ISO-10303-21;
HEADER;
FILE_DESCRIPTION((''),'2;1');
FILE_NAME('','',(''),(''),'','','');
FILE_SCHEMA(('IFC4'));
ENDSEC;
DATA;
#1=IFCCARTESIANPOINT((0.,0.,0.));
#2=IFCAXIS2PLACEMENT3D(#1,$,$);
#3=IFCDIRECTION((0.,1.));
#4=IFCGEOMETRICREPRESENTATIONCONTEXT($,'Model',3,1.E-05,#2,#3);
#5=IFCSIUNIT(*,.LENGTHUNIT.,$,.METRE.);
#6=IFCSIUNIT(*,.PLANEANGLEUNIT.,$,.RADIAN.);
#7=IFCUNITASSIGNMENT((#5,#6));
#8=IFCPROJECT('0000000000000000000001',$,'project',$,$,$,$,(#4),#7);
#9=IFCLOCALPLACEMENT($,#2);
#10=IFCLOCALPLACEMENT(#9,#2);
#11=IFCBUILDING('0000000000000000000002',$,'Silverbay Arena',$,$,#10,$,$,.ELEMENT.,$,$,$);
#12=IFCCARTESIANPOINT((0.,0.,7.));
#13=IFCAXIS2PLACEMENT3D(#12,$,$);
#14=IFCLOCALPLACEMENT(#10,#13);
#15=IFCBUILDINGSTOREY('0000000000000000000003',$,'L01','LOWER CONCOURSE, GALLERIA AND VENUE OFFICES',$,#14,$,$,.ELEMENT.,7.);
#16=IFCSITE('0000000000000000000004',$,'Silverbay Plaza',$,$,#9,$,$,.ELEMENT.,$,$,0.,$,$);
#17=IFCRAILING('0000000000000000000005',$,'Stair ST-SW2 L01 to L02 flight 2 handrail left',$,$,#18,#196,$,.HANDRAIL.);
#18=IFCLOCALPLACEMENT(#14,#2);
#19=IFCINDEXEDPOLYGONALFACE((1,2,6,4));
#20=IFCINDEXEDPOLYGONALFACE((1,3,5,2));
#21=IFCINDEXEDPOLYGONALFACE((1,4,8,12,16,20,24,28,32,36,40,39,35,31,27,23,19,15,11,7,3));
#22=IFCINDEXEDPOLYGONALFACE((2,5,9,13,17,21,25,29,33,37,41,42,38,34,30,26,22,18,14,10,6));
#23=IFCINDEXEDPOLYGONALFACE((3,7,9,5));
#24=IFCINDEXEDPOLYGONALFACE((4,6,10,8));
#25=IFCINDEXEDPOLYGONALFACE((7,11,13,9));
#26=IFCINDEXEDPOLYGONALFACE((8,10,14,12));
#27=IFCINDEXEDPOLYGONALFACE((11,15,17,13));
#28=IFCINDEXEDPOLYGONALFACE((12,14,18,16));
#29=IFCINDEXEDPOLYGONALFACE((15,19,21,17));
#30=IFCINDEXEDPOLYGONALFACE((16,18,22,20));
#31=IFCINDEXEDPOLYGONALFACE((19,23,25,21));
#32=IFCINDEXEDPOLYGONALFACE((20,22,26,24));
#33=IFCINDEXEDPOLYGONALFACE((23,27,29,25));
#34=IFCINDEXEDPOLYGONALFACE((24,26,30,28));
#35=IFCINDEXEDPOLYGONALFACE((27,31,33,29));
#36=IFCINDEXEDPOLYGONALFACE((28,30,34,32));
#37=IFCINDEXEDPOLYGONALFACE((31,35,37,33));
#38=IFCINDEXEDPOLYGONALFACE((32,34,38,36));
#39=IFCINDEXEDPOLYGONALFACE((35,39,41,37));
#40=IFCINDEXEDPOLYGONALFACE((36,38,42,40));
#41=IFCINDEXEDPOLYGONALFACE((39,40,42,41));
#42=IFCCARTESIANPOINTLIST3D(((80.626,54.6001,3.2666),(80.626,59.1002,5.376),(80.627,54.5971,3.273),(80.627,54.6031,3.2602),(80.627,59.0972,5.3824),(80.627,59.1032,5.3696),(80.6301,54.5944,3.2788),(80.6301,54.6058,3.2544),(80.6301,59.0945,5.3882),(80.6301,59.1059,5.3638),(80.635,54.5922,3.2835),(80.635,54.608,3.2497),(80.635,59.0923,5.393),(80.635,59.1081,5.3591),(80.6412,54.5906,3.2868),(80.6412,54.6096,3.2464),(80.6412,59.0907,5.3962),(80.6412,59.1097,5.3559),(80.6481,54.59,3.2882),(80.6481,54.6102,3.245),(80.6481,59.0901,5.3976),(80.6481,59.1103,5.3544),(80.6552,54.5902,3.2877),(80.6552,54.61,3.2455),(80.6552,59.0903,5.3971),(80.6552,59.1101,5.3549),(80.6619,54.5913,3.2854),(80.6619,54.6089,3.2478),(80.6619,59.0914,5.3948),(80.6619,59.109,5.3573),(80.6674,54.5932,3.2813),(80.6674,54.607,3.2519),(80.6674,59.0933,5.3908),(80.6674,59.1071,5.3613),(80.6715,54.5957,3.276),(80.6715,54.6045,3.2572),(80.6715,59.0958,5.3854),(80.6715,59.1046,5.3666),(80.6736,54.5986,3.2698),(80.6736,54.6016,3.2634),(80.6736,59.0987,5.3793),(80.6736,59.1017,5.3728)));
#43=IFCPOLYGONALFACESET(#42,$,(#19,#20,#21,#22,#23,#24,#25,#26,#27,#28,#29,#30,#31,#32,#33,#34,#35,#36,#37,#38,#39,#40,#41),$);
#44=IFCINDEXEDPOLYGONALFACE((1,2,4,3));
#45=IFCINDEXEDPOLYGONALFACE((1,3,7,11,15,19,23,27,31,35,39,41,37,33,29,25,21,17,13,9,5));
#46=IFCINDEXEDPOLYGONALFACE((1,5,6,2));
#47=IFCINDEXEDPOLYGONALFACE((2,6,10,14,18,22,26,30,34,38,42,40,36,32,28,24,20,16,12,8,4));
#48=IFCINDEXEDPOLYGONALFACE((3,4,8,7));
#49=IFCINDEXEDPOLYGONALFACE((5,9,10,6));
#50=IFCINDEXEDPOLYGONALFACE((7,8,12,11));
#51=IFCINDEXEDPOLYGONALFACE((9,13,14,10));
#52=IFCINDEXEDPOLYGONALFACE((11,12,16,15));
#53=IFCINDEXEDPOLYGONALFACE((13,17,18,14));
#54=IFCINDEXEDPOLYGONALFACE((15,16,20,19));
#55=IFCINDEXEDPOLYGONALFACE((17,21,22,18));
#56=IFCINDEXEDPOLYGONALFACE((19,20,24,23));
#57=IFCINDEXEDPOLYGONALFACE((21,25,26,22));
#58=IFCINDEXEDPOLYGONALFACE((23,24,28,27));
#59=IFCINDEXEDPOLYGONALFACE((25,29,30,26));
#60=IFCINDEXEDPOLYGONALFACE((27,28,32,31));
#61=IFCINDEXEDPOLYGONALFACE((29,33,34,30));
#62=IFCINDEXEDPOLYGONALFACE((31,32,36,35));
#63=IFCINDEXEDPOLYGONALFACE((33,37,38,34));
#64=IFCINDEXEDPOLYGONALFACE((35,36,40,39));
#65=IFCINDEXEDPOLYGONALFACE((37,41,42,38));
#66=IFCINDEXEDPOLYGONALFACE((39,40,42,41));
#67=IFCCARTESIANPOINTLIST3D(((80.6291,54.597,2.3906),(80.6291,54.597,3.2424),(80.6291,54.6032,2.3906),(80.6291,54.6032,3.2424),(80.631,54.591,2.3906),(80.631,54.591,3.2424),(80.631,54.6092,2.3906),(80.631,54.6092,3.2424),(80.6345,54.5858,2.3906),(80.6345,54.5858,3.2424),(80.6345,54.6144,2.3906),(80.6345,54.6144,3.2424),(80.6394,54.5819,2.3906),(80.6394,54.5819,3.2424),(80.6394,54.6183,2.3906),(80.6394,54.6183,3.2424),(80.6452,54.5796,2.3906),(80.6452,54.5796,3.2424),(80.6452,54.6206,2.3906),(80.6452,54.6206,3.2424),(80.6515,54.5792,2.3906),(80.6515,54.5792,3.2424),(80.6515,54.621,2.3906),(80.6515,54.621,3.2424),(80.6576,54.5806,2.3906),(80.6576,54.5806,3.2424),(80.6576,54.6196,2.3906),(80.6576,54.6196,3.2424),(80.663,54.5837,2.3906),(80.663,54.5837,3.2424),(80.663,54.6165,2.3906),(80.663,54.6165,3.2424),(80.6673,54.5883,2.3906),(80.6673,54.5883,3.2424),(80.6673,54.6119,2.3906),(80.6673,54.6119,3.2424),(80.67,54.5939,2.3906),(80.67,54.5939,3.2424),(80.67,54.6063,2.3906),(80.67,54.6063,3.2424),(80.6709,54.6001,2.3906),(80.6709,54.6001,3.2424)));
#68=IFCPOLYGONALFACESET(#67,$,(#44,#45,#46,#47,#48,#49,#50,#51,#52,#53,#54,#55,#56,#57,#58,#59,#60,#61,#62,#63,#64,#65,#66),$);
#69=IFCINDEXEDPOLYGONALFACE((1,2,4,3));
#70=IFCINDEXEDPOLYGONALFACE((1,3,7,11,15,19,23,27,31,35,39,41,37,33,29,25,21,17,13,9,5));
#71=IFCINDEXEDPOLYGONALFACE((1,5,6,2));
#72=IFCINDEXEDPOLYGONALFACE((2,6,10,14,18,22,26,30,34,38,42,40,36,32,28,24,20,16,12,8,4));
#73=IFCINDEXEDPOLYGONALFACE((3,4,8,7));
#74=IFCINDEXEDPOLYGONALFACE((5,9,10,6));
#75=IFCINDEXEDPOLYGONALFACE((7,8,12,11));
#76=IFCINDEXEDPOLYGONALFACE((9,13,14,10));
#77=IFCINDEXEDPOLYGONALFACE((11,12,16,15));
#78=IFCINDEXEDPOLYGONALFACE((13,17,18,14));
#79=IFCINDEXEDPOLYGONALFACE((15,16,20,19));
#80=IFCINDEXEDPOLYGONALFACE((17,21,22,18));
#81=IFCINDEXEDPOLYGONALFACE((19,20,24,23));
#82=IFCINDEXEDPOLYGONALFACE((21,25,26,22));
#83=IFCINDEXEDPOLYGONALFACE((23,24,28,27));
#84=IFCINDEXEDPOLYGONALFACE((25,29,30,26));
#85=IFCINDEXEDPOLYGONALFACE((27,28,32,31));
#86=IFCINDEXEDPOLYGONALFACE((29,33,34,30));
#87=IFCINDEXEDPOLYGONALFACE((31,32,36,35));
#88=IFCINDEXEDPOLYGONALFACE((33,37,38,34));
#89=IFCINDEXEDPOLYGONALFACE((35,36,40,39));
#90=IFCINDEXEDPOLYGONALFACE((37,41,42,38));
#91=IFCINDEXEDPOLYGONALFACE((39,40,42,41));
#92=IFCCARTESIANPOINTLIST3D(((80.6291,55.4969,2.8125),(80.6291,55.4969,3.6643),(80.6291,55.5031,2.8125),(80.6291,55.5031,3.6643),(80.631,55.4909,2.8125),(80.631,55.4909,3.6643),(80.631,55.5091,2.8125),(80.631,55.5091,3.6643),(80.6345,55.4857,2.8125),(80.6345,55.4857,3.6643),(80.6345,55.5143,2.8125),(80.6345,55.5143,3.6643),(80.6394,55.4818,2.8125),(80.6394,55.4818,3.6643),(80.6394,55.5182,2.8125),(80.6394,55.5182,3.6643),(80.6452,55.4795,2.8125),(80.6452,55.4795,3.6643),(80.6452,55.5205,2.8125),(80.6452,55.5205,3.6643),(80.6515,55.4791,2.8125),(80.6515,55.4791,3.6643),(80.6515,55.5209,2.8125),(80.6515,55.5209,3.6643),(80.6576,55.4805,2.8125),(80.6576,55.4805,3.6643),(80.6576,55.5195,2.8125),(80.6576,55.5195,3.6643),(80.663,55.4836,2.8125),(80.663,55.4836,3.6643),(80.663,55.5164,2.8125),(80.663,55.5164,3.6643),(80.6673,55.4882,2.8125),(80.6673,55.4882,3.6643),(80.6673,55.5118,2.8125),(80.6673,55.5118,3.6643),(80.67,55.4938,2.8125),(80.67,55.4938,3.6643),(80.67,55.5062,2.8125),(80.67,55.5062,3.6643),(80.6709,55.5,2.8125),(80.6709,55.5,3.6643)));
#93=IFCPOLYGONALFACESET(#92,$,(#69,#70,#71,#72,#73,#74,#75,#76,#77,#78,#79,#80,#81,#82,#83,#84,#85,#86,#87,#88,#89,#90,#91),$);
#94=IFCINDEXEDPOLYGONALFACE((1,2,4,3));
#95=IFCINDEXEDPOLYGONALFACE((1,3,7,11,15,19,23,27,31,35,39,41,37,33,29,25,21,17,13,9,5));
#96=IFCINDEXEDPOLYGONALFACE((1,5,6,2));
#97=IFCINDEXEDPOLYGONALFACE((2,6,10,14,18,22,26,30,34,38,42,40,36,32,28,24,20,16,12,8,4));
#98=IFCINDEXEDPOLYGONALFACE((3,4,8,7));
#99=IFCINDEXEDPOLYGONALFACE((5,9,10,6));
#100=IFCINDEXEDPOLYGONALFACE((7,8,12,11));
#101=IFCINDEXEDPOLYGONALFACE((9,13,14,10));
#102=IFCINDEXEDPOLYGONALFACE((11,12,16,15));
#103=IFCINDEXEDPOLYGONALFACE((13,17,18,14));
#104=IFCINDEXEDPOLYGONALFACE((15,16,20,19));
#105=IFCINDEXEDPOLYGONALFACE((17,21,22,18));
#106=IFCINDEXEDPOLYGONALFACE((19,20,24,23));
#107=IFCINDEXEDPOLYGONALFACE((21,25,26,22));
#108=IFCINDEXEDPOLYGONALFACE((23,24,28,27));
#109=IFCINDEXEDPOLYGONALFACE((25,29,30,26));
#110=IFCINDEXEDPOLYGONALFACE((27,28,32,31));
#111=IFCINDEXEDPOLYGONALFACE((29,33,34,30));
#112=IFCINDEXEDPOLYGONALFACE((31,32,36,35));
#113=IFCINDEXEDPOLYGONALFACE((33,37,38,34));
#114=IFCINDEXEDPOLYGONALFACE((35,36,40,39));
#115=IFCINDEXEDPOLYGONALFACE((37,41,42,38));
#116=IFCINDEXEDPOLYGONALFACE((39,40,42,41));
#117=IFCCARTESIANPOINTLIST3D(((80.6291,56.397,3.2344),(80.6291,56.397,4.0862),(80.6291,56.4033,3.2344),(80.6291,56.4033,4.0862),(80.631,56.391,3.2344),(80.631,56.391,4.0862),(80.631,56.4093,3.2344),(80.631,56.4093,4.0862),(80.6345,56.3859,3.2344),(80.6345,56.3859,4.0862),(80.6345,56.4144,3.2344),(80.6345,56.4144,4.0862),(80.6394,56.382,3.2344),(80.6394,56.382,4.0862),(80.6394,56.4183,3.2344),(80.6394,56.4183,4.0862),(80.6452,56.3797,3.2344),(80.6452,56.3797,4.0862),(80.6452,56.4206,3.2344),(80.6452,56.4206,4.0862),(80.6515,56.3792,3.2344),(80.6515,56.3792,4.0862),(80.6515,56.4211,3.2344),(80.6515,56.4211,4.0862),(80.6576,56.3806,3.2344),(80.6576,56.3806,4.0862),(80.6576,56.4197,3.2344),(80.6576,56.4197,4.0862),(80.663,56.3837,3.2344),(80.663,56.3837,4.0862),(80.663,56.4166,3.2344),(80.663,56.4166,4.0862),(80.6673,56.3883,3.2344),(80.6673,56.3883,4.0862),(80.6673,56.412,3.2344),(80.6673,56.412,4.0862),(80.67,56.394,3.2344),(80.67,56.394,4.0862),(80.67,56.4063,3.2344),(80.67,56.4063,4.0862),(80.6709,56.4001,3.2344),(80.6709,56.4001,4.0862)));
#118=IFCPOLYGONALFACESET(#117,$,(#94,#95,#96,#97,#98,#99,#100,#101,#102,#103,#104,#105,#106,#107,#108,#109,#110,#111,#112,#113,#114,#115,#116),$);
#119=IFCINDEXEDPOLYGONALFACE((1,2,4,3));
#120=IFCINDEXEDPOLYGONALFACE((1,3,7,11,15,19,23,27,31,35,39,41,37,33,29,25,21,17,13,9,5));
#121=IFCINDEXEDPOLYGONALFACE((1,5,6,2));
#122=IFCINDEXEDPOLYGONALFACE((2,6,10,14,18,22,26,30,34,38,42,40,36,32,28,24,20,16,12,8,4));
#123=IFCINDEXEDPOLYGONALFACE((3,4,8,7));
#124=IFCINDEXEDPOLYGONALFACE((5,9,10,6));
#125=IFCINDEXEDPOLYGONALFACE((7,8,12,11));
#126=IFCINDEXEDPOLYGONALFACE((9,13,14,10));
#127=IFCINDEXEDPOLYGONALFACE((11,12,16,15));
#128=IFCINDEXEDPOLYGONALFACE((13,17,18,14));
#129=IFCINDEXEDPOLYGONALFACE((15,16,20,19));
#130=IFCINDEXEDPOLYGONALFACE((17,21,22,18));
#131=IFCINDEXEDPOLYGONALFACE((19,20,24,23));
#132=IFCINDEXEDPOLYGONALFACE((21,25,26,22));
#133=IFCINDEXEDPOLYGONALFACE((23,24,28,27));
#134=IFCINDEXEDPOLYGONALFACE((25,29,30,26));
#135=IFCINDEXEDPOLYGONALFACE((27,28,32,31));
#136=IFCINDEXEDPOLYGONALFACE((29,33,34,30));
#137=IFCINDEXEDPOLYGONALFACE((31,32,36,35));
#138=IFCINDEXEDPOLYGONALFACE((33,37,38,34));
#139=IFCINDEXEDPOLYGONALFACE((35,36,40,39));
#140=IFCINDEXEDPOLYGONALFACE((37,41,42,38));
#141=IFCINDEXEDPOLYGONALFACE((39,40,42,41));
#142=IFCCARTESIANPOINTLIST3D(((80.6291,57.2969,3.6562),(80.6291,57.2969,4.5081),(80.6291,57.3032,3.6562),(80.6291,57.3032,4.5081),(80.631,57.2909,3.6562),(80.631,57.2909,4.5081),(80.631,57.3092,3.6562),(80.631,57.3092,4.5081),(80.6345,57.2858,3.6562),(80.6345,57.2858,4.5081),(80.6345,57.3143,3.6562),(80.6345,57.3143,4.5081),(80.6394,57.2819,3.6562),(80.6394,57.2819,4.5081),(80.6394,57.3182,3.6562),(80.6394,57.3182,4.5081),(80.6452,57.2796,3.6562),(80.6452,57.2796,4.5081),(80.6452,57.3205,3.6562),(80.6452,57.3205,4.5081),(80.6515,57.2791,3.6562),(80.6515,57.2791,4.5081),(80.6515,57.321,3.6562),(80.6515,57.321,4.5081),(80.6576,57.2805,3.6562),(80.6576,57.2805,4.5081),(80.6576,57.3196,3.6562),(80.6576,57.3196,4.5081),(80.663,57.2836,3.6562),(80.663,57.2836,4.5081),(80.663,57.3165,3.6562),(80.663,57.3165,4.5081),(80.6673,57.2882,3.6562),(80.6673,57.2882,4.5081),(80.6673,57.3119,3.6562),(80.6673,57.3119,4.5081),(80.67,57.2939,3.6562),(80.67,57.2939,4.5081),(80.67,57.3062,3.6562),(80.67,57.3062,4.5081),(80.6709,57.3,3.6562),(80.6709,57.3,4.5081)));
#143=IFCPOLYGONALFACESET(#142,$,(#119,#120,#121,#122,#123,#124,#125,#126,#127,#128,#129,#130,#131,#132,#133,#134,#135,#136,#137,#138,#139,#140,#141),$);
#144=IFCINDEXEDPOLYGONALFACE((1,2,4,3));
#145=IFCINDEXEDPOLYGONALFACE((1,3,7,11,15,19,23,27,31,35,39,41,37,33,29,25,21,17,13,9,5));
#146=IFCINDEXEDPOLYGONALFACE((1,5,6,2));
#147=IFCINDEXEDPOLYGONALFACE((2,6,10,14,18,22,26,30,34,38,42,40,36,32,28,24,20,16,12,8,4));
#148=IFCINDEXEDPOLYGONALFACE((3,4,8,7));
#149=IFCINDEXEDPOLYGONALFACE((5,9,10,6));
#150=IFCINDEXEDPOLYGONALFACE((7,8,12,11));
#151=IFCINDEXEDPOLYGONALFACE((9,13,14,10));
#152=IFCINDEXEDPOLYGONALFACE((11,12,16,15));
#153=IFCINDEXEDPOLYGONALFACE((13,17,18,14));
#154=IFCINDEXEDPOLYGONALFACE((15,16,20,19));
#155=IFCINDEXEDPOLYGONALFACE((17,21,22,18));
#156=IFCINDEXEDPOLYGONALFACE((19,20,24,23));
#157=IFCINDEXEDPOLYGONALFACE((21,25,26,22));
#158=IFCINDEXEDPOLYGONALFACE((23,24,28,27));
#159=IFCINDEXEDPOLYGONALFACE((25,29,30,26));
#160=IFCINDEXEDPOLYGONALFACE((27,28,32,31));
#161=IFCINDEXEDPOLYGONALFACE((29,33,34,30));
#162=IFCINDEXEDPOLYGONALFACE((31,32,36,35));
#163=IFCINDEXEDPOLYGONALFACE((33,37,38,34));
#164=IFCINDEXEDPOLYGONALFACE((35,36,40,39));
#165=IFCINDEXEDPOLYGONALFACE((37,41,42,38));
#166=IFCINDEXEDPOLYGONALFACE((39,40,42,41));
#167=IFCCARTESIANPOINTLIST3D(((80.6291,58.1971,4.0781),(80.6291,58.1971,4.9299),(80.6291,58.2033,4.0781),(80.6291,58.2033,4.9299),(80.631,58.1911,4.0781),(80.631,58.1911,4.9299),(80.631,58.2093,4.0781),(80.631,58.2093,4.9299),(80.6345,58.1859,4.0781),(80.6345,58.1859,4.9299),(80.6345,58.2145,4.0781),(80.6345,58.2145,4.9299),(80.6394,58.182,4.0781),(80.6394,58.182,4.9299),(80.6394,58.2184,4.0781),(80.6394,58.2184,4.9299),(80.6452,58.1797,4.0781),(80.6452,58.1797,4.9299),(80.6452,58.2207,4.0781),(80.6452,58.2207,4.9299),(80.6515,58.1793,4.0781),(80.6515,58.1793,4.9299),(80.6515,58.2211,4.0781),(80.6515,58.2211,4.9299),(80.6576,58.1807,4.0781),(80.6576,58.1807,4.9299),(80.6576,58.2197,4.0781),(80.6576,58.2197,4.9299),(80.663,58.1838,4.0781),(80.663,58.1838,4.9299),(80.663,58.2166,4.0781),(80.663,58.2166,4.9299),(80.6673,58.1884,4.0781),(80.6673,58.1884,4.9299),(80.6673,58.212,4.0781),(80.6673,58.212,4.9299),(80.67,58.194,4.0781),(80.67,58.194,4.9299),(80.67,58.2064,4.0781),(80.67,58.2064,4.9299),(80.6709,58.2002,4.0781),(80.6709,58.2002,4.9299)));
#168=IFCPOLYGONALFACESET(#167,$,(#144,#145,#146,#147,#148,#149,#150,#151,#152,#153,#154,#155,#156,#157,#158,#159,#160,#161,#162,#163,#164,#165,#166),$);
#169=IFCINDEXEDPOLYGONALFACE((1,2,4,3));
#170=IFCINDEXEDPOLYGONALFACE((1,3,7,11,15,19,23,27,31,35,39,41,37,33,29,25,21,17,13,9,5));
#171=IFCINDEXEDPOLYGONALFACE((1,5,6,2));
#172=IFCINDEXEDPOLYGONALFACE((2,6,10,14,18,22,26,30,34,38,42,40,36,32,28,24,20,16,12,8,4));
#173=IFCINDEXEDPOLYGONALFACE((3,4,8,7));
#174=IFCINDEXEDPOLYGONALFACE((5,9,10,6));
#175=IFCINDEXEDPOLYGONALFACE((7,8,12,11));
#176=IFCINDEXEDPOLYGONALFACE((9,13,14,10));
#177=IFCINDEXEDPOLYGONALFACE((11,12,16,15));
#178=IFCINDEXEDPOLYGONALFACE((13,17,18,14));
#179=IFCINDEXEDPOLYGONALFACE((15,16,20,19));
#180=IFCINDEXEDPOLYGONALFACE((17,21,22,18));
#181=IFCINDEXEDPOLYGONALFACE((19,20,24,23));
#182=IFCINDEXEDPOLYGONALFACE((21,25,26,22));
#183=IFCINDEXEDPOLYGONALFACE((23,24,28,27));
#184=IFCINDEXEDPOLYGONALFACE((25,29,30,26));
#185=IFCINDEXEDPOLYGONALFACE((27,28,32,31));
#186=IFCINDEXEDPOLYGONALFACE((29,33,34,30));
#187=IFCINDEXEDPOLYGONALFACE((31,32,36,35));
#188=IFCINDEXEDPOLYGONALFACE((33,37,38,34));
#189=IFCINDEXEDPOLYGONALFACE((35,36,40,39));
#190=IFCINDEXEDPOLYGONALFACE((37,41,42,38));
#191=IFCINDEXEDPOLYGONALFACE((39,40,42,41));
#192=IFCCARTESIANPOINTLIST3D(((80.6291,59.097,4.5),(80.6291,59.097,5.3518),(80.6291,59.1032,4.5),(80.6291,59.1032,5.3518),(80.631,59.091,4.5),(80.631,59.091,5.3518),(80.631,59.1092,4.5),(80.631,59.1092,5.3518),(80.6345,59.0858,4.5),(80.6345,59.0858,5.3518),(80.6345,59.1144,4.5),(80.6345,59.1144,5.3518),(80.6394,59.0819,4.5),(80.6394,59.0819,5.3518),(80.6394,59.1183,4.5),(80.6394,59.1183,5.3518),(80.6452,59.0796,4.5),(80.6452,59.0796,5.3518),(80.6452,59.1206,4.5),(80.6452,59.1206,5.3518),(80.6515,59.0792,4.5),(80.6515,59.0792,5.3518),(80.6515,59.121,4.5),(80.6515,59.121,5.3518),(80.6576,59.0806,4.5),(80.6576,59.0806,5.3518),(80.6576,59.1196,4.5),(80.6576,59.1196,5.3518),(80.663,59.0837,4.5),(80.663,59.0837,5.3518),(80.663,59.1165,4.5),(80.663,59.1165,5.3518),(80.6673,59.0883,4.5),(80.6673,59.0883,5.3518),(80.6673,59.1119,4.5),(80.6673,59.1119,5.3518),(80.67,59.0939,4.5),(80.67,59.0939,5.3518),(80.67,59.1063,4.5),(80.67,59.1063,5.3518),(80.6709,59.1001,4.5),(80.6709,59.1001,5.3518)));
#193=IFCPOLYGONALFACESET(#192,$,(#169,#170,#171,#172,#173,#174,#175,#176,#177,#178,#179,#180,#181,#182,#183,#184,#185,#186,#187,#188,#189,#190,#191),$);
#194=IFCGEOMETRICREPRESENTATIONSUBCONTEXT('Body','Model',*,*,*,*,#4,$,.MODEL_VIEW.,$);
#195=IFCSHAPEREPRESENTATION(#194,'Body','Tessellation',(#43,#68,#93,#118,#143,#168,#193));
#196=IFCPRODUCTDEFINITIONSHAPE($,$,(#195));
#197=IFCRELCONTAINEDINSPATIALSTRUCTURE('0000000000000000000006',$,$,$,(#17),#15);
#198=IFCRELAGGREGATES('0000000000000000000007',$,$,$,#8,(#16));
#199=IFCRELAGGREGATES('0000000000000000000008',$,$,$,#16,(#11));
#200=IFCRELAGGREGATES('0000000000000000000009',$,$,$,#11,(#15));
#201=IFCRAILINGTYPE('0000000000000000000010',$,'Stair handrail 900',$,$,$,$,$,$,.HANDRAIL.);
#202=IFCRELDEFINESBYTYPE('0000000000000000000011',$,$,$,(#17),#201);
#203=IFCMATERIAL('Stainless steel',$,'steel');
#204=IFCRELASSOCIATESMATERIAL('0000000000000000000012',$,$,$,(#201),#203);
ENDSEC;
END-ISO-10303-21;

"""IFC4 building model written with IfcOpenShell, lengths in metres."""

from ifc_helpers import new_model, si_unit, direction, frame, origin, origin_2d, place, context, subcontext, project, spatial, circle, extrude, material, type_object, element, save


model = new_model("IFC4")

# Units and contexts
model_context = context("Model", 3, precision=1e-05, world=origin(), true_north=direction((0.0, 1.0)))
body_context = subcontext(model_context, "Body", "Model", "MODEL_VIEW")
ifc_project = project(units=[si_unit("LENGTHUNIT", "METRE"), si_unit("PLANEANGLEUNIT", "RADIAN")], contexts=[model_context])

# Site, building, storey
site_placement = place(None, origin())
site = spatial("IfcSite", under=ifc_project, at=site_placement, Name="Silverbay Plaza", CompositionType="ELEMENT", RefElevation=0.0)
building_placement = place(site_placement, origin())
building = spatial("IfcBuilding", under=site, at=building_placement, Name="Silverbay Arena", CompositionType="ELEMENT")
storey_placement = place(building_placement, frame((0.0, 0.0, 7.0)))
storey = spatial("IfcBuildingStorey", under=building, at=storey_placement, Name="L01", Description="LOWER CONCOURSE, GALLERIA AND VENUE OFFICES", CompositionType="ELEMENT", Elevation=7.0)

# Railing
ifc_material_1 = material(Name="Stainless steel", Category="steel")
railing_type_1 = type_object("IfcRailingType", Name="Stair handrail 900", PredefinedType="HANDRAIL", material=ifc_material_1)
for number, where, name in (
    (1, (80.6499, 54.6001, 2.3906), "Stair ST-SW2 L01 to L02 flight 2 handrail left"),
):
    element("IfcRailing", number, at=place(storey_placement, frame(where)), inside=storey, type_object=railing_type_1, Name=name, PredefinedType="HANDRAIL", context=body_context, shape_type="SweptSolid", body=[
        extrude(circle(Radius=0.0239, at=origin_2d()), frame((0.0, 0.0, 0.876), z_axis=(0.0, 0.905459, 0.424434), x_axis=(-1.0, 0.0, 0.0)), (0.0, 0.0, 1.0), 4.97),
        extrude(circle(Radius=0.021, at=origin_2d()), origin(), (0.0, 0.0, 1.0), 0.8518),
        extrude(circle(Radius=0.021, at=origin_2d()), frame((0.0, 0.8999, 0.4219)), (0.0, 0.0, 1.0), 0.8518),
        extrude(circle(Radius=0.021, at=origin_2d()), frame((0.0, 1.8, 0.8438)), (0.0, 0.0, 1.0), 0.8518),
        extrude(circle(Radius=0.021, at=origin_2d()), frame((0.0, 2.7, 1.2656)), (0.0, 0.0, 1.0), 0.8518),
        extrude(circle(Radius=0.021, at=origin_2d()), frame((0.0, 3.6001, 1.6875)), (0.0, 0.0, 1.0), 0.8518),
        extrude(circle(Radius=0.021, at=origin_2d()), frame((0.0, 4.5, 2.1094)), (0.0, 0.0, 1.0), 0.8518),
    ])

save(model, "model.ifc")
